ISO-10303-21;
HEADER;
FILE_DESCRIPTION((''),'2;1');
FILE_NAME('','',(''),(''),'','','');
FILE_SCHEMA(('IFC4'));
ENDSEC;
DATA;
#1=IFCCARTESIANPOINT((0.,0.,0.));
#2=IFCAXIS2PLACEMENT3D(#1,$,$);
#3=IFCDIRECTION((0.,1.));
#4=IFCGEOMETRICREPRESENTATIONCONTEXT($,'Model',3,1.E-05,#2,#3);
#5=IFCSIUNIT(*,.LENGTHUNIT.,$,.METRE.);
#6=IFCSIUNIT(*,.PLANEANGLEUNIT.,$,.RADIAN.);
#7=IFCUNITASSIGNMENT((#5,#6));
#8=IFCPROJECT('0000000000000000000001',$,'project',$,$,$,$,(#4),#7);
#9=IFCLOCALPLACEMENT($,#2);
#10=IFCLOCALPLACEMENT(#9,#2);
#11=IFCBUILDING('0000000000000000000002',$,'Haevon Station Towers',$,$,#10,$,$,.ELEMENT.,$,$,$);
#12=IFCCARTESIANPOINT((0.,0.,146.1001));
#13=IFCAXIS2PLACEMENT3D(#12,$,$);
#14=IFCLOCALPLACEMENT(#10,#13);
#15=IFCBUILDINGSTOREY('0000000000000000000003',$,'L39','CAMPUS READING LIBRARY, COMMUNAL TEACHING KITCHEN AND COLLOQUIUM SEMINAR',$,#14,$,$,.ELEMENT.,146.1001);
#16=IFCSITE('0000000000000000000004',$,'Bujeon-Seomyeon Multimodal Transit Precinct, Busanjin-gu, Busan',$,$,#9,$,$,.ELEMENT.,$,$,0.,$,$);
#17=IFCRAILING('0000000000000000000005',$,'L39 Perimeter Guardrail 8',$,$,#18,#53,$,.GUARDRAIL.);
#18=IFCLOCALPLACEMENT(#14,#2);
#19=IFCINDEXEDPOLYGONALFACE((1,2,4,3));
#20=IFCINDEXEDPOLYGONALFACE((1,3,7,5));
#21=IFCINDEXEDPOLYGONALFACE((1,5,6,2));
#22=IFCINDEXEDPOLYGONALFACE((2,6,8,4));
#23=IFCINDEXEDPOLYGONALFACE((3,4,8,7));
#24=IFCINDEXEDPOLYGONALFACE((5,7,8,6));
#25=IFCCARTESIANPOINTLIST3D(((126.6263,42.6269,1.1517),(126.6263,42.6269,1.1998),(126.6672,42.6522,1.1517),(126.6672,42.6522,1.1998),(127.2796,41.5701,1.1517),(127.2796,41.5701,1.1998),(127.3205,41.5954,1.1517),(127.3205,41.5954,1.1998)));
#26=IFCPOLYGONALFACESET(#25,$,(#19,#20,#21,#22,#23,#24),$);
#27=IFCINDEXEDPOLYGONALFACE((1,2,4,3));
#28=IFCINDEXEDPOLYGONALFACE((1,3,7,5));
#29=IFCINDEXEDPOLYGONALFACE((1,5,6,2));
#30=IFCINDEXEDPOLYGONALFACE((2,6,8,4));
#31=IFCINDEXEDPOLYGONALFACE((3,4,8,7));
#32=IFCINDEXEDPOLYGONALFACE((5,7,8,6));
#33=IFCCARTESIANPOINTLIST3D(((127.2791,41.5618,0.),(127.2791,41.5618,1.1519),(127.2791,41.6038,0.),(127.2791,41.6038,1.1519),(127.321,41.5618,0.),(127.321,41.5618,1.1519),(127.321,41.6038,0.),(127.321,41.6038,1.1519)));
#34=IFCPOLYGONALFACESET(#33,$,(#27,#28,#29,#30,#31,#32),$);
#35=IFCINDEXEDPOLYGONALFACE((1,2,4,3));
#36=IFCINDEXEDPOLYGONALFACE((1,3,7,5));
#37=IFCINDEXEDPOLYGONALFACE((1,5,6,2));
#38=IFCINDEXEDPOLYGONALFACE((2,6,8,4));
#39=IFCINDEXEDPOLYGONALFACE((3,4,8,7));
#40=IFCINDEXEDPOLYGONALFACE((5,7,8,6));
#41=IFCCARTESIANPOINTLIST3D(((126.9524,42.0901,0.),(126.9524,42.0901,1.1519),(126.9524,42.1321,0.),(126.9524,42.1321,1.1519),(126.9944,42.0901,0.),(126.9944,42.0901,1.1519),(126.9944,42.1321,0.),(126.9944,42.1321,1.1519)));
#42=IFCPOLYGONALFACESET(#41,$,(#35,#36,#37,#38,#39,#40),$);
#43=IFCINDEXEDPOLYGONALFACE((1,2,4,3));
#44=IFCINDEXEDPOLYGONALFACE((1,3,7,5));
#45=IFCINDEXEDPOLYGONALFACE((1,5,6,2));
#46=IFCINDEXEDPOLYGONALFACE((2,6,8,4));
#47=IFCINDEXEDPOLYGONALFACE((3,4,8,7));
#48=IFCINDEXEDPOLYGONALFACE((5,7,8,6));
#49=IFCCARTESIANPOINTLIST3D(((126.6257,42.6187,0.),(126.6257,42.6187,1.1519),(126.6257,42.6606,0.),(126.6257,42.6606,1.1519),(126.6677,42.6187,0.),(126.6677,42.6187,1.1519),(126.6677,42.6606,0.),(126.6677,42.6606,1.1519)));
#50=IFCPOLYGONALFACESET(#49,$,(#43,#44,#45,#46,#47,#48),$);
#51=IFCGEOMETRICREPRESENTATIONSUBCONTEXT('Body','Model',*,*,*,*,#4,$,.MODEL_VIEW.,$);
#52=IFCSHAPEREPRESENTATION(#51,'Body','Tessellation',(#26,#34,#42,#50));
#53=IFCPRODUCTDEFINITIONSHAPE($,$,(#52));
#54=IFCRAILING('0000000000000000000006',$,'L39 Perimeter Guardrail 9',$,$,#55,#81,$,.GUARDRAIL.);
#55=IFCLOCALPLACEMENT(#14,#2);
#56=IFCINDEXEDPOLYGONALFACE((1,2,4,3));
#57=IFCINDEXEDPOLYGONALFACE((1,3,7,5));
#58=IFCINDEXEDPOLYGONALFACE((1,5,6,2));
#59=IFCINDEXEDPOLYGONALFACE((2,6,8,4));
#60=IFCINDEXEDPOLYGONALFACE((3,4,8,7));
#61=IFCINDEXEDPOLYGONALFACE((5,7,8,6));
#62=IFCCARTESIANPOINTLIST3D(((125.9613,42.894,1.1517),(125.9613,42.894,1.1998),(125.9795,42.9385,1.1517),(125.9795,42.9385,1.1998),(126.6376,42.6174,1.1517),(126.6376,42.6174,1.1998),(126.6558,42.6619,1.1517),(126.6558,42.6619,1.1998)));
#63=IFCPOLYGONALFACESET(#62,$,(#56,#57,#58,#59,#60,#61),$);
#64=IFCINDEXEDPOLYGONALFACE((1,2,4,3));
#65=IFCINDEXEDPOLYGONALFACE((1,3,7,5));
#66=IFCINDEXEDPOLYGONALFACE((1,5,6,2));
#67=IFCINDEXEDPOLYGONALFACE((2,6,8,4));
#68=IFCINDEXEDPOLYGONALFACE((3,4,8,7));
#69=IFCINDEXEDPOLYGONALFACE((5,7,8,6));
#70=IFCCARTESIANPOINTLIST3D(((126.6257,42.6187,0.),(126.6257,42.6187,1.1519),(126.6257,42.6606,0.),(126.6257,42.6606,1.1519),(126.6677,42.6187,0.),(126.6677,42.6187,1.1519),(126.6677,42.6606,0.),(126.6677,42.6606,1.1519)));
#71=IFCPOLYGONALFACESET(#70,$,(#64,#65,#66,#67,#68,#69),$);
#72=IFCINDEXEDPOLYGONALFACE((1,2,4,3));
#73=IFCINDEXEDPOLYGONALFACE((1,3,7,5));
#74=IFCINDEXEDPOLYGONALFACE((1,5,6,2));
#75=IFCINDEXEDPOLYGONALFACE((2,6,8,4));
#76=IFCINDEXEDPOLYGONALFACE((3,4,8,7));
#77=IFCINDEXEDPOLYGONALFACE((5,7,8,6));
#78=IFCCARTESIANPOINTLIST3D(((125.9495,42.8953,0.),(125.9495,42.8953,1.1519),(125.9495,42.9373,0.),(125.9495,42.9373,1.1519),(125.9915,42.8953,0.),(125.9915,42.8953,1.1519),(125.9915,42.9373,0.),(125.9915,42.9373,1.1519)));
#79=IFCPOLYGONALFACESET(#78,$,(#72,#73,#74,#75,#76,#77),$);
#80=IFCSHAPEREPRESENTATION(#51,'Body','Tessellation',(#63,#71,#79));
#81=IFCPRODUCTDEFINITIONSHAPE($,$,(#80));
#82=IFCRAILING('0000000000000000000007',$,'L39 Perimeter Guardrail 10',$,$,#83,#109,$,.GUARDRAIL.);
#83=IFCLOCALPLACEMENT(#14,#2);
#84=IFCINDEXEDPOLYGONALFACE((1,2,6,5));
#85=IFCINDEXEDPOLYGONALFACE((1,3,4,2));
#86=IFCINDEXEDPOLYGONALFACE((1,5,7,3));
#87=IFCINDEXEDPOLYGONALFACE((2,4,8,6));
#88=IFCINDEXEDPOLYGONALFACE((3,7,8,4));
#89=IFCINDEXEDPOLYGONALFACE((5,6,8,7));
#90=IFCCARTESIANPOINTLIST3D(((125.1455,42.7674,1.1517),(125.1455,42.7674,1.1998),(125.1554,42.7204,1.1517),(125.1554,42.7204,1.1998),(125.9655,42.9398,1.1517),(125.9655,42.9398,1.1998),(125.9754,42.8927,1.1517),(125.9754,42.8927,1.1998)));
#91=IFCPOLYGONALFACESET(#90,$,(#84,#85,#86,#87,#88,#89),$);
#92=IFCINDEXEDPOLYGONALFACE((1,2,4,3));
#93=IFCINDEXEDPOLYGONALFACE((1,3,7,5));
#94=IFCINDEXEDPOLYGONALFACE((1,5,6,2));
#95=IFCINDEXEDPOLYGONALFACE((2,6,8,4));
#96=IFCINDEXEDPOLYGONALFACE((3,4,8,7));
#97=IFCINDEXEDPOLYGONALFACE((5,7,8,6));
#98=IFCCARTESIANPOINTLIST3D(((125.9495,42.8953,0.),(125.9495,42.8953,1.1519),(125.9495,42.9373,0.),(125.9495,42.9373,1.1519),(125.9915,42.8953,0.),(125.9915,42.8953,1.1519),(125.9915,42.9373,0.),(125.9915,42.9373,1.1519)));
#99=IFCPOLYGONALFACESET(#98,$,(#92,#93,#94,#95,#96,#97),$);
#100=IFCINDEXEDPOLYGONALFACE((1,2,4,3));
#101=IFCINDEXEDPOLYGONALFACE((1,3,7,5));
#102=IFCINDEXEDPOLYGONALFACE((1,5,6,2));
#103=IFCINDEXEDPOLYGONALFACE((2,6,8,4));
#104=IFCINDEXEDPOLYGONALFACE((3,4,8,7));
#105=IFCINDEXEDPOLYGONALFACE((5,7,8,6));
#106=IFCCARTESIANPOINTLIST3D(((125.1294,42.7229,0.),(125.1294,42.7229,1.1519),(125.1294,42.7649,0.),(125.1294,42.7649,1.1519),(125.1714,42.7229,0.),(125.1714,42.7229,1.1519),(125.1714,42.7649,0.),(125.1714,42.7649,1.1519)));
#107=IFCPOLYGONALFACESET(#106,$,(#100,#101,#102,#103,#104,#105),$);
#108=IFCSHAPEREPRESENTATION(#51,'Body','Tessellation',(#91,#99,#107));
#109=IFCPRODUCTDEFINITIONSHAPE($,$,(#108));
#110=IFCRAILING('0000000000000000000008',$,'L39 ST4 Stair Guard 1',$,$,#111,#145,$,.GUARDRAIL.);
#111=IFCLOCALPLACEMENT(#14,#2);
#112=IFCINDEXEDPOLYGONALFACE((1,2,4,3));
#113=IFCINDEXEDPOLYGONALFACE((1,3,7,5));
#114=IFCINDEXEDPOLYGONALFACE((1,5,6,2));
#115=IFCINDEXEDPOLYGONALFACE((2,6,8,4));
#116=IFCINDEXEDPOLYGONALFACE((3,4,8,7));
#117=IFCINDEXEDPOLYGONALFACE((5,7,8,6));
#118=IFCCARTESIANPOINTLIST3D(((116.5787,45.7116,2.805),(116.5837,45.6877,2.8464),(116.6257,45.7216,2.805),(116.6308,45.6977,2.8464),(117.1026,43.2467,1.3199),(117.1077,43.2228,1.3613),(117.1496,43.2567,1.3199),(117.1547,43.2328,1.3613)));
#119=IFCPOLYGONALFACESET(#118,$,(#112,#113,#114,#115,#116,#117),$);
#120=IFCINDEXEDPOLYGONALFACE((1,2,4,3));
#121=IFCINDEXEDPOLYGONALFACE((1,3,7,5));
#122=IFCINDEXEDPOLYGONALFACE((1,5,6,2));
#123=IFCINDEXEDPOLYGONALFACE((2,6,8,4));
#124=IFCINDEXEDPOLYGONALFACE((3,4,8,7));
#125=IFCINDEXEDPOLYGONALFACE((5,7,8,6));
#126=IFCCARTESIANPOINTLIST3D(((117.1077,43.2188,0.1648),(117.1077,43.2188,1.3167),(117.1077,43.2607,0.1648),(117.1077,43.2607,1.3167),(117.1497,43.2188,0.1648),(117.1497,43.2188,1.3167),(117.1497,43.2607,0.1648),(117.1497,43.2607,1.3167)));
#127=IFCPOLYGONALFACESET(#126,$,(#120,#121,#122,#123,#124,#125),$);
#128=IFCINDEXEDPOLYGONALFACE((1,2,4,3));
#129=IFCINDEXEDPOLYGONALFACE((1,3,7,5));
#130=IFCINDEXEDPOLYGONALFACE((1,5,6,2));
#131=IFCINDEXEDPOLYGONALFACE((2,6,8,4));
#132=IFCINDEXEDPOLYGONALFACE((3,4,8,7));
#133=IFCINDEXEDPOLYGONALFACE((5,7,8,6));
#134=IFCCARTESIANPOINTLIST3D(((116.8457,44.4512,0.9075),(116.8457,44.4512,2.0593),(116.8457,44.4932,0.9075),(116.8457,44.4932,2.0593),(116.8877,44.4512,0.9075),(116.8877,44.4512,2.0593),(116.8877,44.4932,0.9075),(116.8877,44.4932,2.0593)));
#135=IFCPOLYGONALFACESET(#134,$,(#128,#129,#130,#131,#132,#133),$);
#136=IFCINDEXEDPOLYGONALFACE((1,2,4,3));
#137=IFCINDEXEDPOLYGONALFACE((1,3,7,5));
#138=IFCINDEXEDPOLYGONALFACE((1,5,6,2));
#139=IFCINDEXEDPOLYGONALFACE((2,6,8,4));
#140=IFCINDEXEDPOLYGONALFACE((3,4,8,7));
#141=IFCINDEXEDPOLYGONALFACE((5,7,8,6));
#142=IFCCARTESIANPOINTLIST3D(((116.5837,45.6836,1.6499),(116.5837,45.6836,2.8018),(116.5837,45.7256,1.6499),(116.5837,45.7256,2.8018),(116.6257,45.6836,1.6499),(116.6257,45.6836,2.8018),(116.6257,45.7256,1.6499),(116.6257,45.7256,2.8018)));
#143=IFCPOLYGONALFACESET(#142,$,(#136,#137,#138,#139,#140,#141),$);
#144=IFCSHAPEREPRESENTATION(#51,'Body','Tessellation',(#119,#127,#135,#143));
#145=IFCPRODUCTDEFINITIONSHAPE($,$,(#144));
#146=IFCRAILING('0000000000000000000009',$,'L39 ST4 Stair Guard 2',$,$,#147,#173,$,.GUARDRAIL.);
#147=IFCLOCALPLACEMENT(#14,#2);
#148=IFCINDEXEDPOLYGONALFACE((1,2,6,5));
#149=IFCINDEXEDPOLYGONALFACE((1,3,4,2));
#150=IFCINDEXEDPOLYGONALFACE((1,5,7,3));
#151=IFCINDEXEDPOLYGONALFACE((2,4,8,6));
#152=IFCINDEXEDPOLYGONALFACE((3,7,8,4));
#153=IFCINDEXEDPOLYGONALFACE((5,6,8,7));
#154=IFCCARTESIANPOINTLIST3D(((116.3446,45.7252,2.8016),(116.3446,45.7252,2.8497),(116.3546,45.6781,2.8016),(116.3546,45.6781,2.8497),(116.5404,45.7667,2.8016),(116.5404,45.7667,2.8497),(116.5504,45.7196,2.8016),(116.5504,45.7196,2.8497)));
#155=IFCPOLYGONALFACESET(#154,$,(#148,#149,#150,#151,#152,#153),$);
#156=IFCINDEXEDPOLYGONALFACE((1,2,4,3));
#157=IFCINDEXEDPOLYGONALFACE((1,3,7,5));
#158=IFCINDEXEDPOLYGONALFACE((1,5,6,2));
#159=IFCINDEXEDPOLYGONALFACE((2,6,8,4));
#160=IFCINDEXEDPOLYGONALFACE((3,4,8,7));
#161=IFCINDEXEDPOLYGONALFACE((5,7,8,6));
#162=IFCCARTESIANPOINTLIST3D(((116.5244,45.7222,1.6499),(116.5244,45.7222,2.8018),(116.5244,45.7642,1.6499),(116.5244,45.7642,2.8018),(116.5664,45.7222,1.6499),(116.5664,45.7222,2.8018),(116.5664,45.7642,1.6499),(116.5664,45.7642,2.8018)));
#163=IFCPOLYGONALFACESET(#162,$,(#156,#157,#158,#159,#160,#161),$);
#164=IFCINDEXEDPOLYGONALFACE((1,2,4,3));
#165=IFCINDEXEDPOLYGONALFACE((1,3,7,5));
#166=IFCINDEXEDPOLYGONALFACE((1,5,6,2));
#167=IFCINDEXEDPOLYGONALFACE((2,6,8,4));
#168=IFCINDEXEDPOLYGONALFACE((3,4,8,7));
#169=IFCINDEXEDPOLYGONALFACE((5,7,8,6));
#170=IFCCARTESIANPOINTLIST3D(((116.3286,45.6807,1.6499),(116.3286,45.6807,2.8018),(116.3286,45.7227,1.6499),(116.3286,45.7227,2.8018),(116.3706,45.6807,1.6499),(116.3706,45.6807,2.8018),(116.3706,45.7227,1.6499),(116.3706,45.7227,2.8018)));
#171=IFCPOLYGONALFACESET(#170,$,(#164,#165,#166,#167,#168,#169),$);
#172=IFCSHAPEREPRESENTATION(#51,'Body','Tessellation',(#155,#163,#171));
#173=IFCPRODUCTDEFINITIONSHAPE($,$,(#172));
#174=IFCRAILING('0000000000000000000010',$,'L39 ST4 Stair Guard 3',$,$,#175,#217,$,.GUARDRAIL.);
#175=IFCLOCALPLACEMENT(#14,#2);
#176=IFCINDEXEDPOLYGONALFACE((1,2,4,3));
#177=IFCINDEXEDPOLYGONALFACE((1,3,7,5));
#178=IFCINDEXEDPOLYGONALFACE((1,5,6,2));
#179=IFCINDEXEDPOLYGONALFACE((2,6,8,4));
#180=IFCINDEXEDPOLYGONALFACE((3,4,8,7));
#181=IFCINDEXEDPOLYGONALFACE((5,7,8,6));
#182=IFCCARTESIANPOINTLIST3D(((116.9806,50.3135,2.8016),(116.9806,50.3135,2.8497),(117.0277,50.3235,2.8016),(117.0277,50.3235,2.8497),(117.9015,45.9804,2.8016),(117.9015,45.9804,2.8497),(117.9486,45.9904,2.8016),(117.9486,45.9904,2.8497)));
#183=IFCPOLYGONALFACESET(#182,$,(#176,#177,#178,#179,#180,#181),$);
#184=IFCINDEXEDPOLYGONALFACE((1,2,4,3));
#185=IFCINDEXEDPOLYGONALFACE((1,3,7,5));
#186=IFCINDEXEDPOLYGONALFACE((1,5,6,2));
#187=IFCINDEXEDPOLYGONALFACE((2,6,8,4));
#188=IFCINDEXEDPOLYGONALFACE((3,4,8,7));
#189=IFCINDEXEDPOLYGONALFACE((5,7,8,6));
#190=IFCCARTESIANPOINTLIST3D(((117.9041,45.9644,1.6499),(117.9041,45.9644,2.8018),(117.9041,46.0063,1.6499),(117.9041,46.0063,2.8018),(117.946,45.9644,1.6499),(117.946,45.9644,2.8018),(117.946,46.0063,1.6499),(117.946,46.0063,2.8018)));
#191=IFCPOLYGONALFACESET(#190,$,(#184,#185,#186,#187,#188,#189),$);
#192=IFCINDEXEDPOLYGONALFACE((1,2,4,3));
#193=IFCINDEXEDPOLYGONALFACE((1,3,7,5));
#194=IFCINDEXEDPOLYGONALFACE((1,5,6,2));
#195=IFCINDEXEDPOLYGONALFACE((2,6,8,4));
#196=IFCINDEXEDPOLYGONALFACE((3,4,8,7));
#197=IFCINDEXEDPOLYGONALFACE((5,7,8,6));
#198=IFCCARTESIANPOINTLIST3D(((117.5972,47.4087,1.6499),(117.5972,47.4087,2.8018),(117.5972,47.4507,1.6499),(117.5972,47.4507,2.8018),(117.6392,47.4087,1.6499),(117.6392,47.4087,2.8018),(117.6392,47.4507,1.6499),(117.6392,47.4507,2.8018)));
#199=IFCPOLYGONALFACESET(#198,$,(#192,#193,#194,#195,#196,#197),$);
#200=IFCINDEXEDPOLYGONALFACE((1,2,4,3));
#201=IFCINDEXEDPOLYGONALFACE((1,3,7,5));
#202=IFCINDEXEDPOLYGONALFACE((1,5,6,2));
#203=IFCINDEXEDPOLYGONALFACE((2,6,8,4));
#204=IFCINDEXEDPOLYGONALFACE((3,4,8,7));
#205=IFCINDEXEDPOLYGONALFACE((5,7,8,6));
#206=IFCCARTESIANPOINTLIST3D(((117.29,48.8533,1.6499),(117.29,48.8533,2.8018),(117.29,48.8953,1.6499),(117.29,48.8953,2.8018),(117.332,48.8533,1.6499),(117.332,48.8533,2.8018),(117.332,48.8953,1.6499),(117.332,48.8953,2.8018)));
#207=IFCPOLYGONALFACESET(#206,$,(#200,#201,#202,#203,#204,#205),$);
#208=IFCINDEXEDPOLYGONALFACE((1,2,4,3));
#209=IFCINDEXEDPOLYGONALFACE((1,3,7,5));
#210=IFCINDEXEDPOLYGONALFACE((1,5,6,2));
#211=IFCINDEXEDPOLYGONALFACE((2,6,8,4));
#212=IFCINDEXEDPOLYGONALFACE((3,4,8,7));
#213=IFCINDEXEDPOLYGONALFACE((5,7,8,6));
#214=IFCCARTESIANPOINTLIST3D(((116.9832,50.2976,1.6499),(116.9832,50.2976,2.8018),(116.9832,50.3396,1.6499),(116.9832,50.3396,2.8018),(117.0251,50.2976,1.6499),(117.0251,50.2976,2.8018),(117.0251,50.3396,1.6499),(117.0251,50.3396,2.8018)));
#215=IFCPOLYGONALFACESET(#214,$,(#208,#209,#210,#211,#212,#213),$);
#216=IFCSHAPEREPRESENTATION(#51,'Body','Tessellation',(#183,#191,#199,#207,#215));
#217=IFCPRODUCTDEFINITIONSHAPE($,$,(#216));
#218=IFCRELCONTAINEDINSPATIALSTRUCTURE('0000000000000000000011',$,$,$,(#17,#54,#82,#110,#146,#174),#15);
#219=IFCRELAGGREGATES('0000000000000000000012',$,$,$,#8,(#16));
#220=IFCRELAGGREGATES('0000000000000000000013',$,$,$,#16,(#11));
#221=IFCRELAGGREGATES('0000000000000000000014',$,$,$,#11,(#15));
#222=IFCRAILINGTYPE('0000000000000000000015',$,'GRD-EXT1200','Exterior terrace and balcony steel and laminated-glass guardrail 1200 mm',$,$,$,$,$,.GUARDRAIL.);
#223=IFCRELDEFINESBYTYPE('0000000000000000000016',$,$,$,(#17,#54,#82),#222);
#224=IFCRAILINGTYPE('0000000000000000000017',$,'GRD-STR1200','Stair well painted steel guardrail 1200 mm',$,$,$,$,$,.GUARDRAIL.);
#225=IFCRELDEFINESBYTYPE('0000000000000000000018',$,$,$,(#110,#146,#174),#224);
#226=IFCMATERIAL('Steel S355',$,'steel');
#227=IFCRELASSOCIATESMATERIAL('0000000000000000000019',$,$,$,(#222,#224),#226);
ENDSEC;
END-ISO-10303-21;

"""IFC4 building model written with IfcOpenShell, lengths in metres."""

from ifc_helpers import new_model, si_unit, direction, frame, origin, origin_2d, place, context, subcontext, project, spatial, rectangle, extrude, material, type_object, element, save


model = new_model("IFC4")

# Units and contexts
model_context = context("Model", 3, precision=1e-05, world=origin(), true_north=direction((0.0, 1.0)))
body_context = subcontext(model_context, "Body", "Model", "MODEL_VIEW")
ifc_project = project(units=[si_unit("LENGTHUNIT", "METRE"), si_unit("PLANEANGLEUNIT", "RADIAN")], contexts=[model_context])

# Site, building, storey
site_placement = place(None, origin())
site = spatial("IfcSite", under=ifc_project, at=site_placement, Name="Bujeon-Seomyeon Multimodal Transit Precinct, Busanjin-gu, Busan", CompositionType="ELEMENT", RefElevation=0.0)
building_placement = place(site_placement, origin())
building = spatial("IfcBuilding", under=site, at=building_placement, Name="Haevon Station Towers", CompositionType="ELEMENT")
storey_placement = place(building_placement, frame((0.0, 0.0, 146.1001)))
storey = spatial("IfcBuildingStorey", under=building, at=storey_placement, Name="L39", Description="CAMPUS READING LIBRARY, COMMUNAL TEACHING KITCHEN AND COLLOQUIUM SEMINAR", CompositionType="ELEMENT", Elevation=146.1001)

# Shared definitions
ifc_material_1 = material(Name="Steel S355", Category="steel")

# Railings
railing_type_1 = type_object("IfcRailingType", Name="GRD-EXT1200", Description="Exterior terrace and balcony steel and laminated-glass guardrail 1200 mm", PredefinedType="GUARDRAIL", material=ifc_material_1)
railing_1_placement = place(storey_placement, frame((127.3, 41.5828, 0.0)))
element("IfcRailing", 1, at=railing_1_placement, inside=storey, type_object=railing_type_1, Name="L39 Perimeter Guardrail 8", PredefinedType="GUARDRAIL", context=body_context, shape_type="SweptSolid", body=[
    extrude(rectangle(XDim=0.0481, YDim=0.0481, at=origin_2d()), frame((0.0, 0.0, 1.1758), z_axis=(-0.525807, 0.850604, 0.0), x_axis=(-0.850604, -0.525807, 0.0)), (0.0, 0.0, 1.0), 1.2424),
    extrude(rectangle(XDim=0.042, YDim=0.042, at=origin_2d()), origin(), (0.0, 0.0, 1.0), 1.1519),
    extrude(rectangle(XDim=0.042, YDim=0.042, at=origin_2d()), frame((-0.3267, 0.5283, 0.0)), (0.0, 0.0, 1.0), 1.1519),
    extrude(rectangle(XDim=0.042, YDim=0.042, at=origin_2d()), frame((-0.6533, 1.0569, 0.0)), (0.0, 0.0, 1.0), 1.1519),
])
railing_2_placement = place(storey_placement, frame((126.6467, 42.6396, 0.0)))
element("IfcRailing", 2, at=railing_2_placement, inside=storey, type_object=railing_type_1, Name="L39 Perimeter Guardrail 9", PredefinedType="GUARDRAIL", context=body_context, shape_type="SweptSolid", body=[
    extrude(rectangle(XDim=0.0481, YDim=0.0481, at=origin_2d()), frame((0.0, 0.0, 1.1758), z_axis=(-0.925568, 0.378581, 0.0), x_axis=(-0.378581, -0.925568, 0.0)), (0.0, 0.0, 1.0), 0.7307),
    extrude(rectangle(XDim=0.042, YDim=0.042, at=origin_2d()), origin(), (0.0, 0.0, 1.0), 1.1519),
    extrude(rectangle(XDim=0.042, YDim=0.042, at=origin_2d()), frame((-0.6763, 0.2766, 0.0)), (0.0, 0.0, 1.0), 1.1519),
])
railing_3_placement = place(storey_placement, frame((125.9705, 42.9163, 0.0)))
element("IfcRailing", 3, at=railing_3_placement, inside=storey, type_object=railing_type_1, Name="L39 Perimeter Guardrail 10", PredefinedType="GUARDRAIL", context=body_context, shape_type="SweptSolid", body=[
    extrude(rectangle(XDim=0.0481, YDim=0.0481, at=origin_2d()), frame((0.0, 0.0, 1.1758), z_axis=(-0.978618, -0.205687, 0.0), x_axis=(0.205687, -0.978618, 0.0)), (0.0, 0.0, 1.0), 0.8379),
    extrude(rectangle(XDim=0.042, YDim=0.042, at=origin_2d()), origin(), (0.0, 0.0, 1.0), 1.1519),
    extrude(rectangle(XDim=0.042, YDim=0.042, at=origin_2d()), frame((-0.8201, -0.1724, 0.0)), (0.0, 0.0, 1.0), 1.1519),
])
railing_type_2 = type_object("IfcRailingType", Name="GRD-STR1200", Description="Stair well painted steel guardrail 1200 mm", PredefinedType="GUARDRAIL", material=ifc_material_1)
railing_4_placement = place(storey_placement, frame((117.1287, 43.2397, 0.1648)))
element("IfcRailing", 4, at=railing_4_placement, inside=storey, type_object=railing_type_2, Name="L39 ST4 Stair Guard 1", PredefinedType="GUARDRAIL", context=body_context, shape_type="SweptSolid", body=[
    extrude(rectangle(XDim=0.0481, YDim=0.0481, at=origin_2d()), frame((0.0, 0.0, 1.1758), z_axis=(-0.179121, 0.842688, 0.507733), x_axis=(-0.978147, -0.207914, 0.0)), (0.0, 0.0, 1.0), 2.925),
    extrude(rectangle(XDim=0.042, YDim=0.042, at=origin_2d()), origin(), (0.0, 0.0, 1.0), 1.1519),
    extrude(rectangle(XDim=0.042, YDim=0.042, at=origin_2d()), frame((-0.262, 1.2324, 0.7427)), (0.0, 0.0, 1.0), 1.1519),
    extrude(rectangle(XDim=0.042, YDim=0.042, at=origin_2d()), frame((-0.5239, 2.4648, 1.4851)), (0.0, 0.0, 1.0), 1.1519),
])
railing_5_placement = place(storey_placement, frame((116.5454, 45.7432, 1.6499)))
element("IfcRailing", 5, at=railing_5_placement, inside=storey, type_object=railing_type_2, Name="L39 ST4 Stair Guard 2", PredefinedType="GUARDRAIL", context=body_context, shape_type="SweptSolid", body=[
    extrude(rectangle(XDim=0.0481, YDim=0.0481, at=origin_2d()), frame((0.0, 0.0, 1.1758), z_axis=(-0.978264, -0.207363, 0.0), x_axis=(0.207363, -0.978264, 0.0)), (0.0, 0.0, 1.0), 0.2002),
    extrude(rectangle(XDim=0.042, YDim=0.042, at=origin_2d()), origin(), (0.0, 0.0, 1.0), 1.1519),
    extrude(rectangle(XDim=0.042, YDim=0.042, at=origin_2d()), frame((-0.1958, -0.0415, 0.0)), (0.0, 0.0, 1.0), 1.1519),
])
railing_6_placement = place(storey_placement, frame((117.925, 45.9854, 1.6499)))
element("IfcRailing", 6, at=railing_6_placement, inside=storey, type_object=railing_type_2, Name="L39 ST4 Stair Guard 3", PredefinedType="GUARDRAIL", context=body_context, shape_type="SweptSolid", body=[
    extrude(rectangle(XDim=0.0481, YDim=0.0481, at=origin_2d()), frame((0.0, 0.0, 1.1758), z_axis=(-0.207877, 0.978155, 0.0), x_axis=(-0.978155, -0.207877, 0.0)), (0.0, 0.0, 1.0), 4.4299),
    extrude(rectangle(XDim=0.042, YDim=0.042, at=origin_2d()), origin(), (0.0, 0.0, 1.0), 1.1519),
    extrude(rectangle(XDim=0.042, YDim=0.042, at=origin_2d()), frame((-0.3069, 1.4443, 0.0)), (0.0, 0.0, 1.0), 1.1519),
    extrude(rectangle(XDim=0.042, YDim=0.042, at=origin_2d()), frame((-0.614, 2.8889, 0.0)), (0.0, 0.0, 1.0), 1.1519),
    extrude(rectangle(XDim=0.042, YDim=0.042, at=origin_2d()), frame((-0.9209, 4.3333, 0.0)), (0.0, 0.0, 1.0), 1.1519),
])

save(model, "model.ifc")
